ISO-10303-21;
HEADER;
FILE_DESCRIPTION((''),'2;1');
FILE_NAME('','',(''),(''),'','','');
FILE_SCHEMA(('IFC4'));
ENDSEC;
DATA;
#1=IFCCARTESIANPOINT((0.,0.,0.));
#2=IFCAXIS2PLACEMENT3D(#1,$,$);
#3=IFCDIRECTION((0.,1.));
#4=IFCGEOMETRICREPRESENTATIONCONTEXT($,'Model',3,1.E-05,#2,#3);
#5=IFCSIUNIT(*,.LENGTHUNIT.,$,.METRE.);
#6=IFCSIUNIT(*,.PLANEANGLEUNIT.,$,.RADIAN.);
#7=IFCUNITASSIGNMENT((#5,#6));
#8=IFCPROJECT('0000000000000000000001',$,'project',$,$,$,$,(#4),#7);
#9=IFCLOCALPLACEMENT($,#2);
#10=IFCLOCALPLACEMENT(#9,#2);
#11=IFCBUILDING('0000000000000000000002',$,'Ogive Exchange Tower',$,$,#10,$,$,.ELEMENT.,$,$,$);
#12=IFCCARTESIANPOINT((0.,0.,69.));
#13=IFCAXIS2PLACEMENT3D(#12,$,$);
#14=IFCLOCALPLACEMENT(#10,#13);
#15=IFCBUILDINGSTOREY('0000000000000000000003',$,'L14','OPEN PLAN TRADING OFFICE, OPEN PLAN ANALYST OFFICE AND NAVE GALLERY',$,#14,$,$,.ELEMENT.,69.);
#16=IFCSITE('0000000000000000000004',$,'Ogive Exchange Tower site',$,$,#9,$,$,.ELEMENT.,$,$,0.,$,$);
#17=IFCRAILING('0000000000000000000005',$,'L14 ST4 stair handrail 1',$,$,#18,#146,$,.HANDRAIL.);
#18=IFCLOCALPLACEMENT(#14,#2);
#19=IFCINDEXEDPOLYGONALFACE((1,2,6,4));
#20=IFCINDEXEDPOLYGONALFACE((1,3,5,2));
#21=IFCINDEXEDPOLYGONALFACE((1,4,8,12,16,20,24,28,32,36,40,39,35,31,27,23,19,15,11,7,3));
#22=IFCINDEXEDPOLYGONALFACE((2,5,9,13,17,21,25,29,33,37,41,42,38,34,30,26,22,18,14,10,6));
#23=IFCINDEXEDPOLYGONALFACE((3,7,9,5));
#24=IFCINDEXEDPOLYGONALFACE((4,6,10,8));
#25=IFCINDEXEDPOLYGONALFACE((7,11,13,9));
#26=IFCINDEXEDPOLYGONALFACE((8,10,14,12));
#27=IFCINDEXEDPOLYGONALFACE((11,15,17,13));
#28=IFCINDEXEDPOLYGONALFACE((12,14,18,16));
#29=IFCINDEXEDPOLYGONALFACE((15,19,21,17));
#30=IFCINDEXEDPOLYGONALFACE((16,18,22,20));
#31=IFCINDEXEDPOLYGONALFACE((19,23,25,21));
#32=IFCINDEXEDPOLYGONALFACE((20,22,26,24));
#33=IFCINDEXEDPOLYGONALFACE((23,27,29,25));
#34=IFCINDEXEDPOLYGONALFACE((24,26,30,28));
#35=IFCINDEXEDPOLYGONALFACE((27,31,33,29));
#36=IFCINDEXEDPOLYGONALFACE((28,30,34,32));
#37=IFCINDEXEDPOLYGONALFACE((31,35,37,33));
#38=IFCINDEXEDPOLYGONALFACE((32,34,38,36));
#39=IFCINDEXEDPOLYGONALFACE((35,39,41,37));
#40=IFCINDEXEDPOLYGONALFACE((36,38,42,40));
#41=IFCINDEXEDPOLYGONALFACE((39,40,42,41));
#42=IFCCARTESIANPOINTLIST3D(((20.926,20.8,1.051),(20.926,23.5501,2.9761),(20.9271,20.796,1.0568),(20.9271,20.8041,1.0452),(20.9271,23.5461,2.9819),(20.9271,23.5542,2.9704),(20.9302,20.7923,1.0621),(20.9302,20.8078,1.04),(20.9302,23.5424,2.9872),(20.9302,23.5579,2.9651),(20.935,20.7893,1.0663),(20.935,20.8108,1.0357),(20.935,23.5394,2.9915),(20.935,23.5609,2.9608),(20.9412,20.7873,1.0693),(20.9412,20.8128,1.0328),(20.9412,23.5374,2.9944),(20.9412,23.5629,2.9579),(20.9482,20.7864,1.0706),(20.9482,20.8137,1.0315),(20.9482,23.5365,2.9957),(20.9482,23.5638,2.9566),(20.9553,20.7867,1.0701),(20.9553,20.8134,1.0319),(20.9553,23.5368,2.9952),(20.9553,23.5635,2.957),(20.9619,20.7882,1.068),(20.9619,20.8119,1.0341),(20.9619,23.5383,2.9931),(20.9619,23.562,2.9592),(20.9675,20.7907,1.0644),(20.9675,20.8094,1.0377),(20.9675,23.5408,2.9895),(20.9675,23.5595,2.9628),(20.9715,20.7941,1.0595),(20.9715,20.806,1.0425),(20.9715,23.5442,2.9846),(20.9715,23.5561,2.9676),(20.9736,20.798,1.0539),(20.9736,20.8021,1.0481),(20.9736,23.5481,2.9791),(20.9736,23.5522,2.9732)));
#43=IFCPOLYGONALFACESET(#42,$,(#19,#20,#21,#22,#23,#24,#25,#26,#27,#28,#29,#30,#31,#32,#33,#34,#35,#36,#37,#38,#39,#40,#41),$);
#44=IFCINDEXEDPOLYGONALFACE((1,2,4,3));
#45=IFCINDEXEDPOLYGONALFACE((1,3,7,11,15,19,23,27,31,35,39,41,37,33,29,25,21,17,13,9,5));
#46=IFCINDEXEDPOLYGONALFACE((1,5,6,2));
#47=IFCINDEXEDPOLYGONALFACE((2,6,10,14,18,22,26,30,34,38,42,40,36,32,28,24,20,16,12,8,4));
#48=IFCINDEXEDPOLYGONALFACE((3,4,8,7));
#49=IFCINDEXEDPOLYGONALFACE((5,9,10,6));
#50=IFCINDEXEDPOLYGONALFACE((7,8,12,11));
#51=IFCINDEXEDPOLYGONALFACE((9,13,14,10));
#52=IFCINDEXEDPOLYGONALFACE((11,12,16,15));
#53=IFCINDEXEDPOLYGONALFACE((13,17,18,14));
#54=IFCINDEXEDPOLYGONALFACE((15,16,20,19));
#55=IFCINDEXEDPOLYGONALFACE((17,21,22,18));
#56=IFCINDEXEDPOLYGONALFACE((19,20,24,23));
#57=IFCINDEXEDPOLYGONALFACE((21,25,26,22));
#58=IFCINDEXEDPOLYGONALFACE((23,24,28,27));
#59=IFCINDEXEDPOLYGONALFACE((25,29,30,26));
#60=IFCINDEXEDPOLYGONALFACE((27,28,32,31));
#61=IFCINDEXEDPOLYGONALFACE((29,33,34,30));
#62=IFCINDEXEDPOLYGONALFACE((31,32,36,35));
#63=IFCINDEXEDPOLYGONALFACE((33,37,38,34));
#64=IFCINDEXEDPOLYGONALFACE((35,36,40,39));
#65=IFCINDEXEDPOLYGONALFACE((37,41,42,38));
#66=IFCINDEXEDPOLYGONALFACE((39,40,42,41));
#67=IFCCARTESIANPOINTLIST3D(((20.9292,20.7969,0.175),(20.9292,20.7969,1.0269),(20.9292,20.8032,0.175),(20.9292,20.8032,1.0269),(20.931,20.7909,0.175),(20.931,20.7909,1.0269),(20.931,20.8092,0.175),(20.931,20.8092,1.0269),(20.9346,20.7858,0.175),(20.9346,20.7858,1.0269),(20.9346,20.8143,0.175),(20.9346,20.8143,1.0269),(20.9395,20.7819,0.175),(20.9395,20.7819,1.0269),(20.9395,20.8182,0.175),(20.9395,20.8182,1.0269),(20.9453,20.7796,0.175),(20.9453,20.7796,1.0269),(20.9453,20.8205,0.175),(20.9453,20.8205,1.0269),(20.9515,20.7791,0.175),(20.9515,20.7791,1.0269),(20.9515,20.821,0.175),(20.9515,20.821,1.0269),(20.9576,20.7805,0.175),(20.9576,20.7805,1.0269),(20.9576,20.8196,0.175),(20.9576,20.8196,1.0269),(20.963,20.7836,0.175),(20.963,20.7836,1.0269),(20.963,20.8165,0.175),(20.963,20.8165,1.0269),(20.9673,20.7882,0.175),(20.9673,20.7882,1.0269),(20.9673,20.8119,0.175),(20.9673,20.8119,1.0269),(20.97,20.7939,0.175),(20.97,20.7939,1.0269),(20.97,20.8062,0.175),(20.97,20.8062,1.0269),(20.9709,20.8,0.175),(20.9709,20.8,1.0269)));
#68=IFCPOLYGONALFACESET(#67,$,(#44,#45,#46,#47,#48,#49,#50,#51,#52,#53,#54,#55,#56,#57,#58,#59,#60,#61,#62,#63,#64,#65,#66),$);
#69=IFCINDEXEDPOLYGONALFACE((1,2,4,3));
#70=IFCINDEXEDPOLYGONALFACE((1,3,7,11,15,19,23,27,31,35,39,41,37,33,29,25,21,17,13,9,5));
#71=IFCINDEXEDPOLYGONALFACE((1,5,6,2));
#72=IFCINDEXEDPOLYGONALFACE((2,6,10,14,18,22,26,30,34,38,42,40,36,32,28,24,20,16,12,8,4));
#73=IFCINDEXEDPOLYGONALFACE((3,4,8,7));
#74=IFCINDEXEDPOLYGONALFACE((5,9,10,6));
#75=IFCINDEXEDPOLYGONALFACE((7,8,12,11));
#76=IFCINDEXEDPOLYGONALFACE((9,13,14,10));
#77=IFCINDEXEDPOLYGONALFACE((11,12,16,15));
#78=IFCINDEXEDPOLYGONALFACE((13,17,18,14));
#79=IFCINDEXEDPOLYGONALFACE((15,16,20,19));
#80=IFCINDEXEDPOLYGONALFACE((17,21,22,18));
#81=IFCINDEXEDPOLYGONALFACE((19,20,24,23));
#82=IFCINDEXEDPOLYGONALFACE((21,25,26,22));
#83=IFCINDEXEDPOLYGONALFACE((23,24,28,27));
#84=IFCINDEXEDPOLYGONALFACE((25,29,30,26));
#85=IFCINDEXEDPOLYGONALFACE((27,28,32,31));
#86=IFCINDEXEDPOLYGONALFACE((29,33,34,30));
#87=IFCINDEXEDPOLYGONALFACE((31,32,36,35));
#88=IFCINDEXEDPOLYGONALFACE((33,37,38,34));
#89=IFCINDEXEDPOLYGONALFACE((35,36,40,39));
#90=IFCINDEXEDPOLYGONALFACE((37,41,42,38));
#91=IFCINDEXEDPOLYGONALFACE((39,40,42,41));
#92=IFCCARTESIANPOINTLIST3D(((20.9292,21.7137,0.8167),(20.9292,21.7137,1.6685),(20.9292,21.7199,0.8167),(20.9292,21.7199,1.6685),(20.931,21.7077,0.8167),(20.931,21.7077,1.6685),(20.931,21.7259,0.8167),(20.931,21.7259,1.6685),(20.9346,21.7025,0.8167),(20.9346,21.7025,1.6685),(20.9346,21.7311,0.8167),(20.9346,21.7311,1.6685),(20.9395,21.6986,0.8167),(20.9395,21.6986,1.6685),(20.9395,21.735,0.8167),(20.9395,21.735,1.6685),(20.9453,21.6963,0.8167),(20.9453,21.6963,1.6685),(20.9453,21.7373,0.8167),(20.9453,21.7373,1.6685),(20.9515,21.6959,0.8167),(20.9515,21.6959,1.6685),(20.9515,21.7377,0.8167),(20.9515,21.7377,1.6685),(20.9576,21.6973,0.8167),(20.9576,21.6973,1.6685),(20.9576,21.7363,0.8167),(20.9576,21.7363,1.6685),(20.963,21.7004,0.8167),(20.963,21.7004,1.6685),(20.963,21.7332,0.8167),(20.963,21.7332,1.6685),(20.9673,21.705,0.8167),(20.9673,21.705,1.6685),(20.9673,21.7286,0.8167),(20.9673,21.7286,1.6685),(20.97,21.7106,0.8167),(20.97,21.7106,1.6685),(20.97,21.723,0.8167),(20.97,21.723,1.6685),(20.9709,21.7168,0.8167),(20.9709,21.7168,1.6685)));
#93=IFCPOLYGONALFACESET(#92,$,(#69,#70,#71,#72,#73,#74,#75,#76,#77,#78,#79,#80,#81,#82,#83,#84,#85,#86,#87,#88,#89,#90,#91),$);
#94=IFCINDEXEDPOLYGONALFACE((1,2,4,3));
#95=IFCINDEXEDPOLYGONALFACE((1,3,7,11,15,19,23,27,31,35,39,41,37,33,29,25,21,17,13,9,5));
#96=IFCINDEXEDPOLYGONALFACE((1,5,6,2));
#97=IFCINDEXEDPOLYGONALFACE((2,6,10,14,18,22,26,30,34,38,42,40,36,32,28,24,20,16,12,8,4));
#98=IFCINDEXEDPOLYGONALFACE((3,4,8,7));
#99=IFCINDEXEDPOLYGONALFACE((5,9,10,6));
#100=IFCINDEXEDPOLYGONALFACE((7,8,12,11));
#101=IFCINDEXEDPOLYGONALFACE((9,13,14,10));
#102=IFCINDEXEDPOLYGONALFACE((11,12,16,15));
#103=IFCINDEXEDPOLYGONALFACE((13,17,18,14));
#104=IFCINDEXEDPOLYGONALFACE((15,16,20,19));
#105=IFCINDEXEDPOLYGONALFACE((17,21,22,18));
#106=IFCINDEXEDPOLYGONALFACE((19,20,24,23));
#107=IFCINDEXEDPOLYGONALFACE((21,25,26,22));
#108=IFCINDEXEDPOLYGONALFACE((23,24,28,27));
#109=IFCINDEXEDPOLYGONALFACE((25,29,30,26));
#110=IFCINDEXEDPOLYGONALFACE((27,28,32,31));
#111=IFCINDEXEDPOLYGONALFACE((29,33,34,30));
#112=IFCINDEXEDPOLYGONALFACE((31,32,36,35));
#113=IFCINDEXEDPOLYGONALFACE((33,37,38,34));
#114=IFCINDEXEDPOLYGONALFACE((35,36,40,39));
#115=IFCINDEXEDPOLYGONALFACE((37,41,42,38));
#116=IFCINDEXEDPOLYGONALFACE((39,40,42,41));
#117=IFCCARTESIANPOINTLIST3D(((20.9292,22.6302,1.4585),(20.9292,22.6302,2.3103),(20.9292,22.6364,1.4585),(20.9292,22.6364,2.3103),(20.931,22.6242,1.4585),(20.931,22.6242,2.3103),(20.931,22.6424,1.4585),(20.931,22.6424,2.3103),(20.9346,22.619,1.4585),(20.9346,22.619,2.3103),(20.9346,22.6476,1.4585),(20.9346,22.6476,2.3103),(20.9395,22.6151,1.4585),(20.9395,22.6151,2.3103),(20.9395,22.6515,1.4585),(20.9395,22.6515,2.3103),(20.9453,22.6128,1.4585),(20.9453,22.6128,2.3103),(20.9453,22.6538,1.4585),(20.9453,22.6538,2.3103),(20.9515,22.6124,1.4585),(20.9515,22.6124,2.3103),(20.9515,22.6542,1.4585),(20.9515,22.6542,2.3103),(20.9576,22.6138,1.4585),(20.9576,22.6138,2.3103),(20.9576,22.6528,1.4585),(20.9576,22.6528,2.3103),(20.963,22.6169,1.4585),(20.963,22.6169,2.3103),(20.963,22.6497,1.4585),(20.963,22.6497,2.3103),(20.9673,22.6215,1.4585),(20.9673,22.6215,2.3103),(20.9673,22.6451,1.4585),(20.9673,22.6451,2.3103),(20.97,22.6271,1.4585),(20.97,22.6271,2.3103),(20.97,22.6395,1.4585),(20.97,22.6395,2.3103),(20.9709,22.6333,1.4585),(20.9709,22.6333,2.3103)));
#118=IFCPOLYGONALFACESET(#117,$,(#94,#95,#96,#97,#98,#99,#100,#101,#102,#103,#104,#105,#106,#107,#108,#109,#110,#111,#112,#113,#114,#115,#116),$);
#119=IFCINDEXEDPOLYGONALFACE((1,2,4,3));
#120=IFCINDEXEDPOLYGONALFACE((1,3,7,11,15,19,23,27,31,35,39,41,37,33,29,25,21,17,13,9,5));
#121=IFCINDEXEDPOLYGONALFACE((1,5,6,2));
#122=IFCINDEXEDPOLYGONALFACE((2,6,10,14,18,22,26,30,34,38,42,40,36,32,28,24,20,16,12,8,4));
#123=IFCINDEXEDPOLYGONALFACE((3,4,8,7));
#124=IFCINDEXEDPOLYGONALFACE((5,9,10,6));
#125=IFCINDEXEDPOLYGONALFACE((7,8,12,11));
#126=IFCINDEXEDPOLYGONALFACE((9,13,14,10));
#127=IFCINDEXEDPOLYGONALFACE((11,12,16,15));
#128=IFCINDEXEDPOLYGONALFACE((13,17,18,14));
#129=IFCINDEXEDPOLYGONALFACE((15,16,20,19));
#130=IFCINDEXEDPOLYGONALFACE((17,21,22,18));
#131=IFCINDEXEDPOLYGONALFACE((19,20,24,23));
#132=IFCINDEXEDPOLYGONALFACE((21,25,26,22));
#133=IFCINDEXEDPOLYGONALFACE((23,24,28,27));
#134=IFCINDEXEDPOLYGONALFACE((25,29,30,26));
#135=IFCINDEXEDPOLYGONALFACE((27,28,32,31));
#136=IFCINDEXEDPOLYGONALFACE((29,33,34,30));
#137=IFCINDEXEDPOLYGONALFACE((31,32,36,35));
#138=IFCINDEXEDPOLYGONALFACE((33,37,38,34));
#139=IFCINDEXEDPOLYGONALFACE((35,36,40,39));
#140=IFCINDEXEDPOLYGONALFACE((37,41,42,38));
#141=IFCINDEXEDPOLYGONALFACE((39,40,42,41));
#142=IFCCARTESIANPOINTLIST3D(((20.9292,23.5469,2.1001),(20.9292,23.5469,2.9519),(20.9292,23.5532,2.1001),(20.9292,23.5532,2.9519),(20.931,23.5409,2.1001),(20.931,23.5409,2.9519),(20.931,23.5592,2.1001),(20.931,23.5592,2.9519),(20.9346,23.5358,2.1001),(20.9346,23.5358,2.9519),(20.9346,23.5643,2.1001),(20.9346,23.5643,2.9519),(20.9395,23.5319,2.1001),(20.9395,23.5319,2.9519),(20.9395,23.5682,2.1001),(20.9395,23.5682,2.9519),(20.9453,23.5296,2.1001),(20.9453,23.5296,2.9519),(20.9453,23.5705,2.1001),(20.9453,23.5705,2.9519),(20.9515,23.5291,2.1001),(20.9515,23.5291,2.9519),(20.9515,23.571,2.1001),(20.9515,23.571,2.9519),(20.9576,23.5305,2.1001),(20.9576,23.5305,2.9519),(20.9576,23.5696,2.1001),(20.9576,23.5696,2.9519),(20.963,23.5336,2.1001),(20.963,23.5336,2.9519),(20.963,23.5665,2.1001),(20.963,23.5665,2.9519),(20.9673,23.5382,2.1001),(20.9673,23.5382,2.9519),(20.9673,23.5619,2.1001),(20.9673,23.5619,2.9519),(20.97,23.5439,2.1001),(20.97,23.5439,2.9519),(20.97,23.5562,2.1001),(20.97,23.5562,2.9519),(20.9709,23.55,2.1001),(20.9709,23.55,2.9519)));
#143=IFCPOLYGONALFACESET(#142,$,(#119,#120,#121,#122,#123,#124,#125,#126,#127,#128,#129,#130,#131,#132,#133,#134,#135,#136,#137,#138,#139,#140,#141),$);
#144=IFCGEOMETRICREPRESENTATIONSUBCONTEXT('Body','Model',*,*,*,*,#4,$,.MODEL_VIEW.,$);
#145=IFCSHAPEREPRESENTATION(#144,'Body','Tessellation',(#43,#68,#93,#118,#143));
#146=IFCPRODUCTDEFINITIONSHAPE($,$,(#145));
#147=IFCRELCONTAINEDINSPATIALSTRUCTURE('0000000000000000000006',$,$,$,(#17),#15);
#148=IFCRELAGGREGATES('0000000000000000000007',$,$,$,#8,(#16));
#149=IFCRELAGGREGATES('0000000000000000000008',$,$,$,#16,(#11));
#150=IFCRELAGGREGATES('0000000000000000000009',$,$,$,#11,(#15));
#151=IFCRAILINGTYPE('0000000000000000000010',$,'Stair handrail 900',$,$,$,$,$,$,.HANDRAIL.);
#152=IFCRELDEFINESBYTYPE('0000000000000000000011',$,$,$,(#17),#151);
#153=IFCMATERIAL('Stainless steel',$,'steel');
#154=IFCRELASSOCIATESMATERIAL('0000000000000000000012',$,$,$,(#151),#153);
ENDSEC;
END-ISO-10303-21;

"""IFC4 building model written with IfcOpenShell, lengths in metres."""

from ifc_helpers import new_model, si_unit, direction, frame, origin, origin_2d, place, context, subcontext, project, spatial, circle, extrude, material, type_object, element, save


model = new_model("IFC4")

# Units and contexts
model_context = context("Model", 3, precision=1e-05, world=origin(), true_north=direction((0.0, 1.0)))
body_context = subcontext(model_context, "Body", "Model", "MODEL_VIEW")
ifc_project = project(units=[si_unit("LENGTHUNIT", "METRE"), si_unit("PLANEANGLEUNIT", "RADIAN")], contexts=[model_context])

# Site, building, storey
site_placement = place(None, origin())
site = spatial("IfcSite", under=ifc_project, at=site_placement, Name="Ogive Exchange Tower site", CompositionType="ELEMENT", RefElevation=0.0)
building_placement = place(site_placement, origin())
building = spatial("IfcBuilding", under=site, at=building_placement, Name="Ogive Exchange Tower", CompositionType="ELEMENT")
storey_placement = place(building_placement, frame((0.0, 0.0, 69.0)))
storey = spatial("IfcBuildingStorey", under=building, at=storey_placement, Name="L14", Description="OPEN PLAN TRADING OFFICE, OPEN PLAN ANALYST OFFICE AND NAVE GALLERY", CompositionType="ELEMENT", Elevation=69.0)

# Railing
ifc_material_1 = material(Name="Stainless steel", Category="steel")
railing_type = type_object("IfcRailingType", Name="Stair handrail 900", PredefinedType="HANDRAIL", material=ifc_material_1)
railing_1_placement = place(storey_placement, frame((20.95, 20.8, 0.175)))
element("IfcRailing", 1, at=railing_1_placement, inside=storey, type_object=railing_type, Name="L14 ST4 stair handrail 1", PredefinedType="HANDRAIL", context=body_context, shape_type="SweptSolid", body=[
    extrude(circle(Radius=0.0239, at=origin_2d()), frame((0.0, 0.0, 0.876), z_axis=(0.0, 0.819225, 0.573472), x_axis=(-1.0, 0.0, 0.0)), (0.0, 0.0, 1.0), 3.3569),
    extrude(circle(Radius=0.021, at=origin_2d()), origin(), (0.0, 0.0, 1.0), 0.8518),
    extrude(circle(Radius=0.021, at=origin_2d()), frame((0.0, 0.9167, 0.6416)), (0.0, 0.0, 1.0), 0.8518),
    extrude(circle(Radius=0.021, at=origin_2d()), frame((0.0, 1.8333, 1.2834)), (0.0, 0.0, 1.0), 0.8518),
    extrude(circle(Radius=0.021, at=origin_2d()), frame((0.0, 2.75, 1.925)), (0.0, 0.0, 1.0), 0.8518),
])

save(model, "model.ifc")
